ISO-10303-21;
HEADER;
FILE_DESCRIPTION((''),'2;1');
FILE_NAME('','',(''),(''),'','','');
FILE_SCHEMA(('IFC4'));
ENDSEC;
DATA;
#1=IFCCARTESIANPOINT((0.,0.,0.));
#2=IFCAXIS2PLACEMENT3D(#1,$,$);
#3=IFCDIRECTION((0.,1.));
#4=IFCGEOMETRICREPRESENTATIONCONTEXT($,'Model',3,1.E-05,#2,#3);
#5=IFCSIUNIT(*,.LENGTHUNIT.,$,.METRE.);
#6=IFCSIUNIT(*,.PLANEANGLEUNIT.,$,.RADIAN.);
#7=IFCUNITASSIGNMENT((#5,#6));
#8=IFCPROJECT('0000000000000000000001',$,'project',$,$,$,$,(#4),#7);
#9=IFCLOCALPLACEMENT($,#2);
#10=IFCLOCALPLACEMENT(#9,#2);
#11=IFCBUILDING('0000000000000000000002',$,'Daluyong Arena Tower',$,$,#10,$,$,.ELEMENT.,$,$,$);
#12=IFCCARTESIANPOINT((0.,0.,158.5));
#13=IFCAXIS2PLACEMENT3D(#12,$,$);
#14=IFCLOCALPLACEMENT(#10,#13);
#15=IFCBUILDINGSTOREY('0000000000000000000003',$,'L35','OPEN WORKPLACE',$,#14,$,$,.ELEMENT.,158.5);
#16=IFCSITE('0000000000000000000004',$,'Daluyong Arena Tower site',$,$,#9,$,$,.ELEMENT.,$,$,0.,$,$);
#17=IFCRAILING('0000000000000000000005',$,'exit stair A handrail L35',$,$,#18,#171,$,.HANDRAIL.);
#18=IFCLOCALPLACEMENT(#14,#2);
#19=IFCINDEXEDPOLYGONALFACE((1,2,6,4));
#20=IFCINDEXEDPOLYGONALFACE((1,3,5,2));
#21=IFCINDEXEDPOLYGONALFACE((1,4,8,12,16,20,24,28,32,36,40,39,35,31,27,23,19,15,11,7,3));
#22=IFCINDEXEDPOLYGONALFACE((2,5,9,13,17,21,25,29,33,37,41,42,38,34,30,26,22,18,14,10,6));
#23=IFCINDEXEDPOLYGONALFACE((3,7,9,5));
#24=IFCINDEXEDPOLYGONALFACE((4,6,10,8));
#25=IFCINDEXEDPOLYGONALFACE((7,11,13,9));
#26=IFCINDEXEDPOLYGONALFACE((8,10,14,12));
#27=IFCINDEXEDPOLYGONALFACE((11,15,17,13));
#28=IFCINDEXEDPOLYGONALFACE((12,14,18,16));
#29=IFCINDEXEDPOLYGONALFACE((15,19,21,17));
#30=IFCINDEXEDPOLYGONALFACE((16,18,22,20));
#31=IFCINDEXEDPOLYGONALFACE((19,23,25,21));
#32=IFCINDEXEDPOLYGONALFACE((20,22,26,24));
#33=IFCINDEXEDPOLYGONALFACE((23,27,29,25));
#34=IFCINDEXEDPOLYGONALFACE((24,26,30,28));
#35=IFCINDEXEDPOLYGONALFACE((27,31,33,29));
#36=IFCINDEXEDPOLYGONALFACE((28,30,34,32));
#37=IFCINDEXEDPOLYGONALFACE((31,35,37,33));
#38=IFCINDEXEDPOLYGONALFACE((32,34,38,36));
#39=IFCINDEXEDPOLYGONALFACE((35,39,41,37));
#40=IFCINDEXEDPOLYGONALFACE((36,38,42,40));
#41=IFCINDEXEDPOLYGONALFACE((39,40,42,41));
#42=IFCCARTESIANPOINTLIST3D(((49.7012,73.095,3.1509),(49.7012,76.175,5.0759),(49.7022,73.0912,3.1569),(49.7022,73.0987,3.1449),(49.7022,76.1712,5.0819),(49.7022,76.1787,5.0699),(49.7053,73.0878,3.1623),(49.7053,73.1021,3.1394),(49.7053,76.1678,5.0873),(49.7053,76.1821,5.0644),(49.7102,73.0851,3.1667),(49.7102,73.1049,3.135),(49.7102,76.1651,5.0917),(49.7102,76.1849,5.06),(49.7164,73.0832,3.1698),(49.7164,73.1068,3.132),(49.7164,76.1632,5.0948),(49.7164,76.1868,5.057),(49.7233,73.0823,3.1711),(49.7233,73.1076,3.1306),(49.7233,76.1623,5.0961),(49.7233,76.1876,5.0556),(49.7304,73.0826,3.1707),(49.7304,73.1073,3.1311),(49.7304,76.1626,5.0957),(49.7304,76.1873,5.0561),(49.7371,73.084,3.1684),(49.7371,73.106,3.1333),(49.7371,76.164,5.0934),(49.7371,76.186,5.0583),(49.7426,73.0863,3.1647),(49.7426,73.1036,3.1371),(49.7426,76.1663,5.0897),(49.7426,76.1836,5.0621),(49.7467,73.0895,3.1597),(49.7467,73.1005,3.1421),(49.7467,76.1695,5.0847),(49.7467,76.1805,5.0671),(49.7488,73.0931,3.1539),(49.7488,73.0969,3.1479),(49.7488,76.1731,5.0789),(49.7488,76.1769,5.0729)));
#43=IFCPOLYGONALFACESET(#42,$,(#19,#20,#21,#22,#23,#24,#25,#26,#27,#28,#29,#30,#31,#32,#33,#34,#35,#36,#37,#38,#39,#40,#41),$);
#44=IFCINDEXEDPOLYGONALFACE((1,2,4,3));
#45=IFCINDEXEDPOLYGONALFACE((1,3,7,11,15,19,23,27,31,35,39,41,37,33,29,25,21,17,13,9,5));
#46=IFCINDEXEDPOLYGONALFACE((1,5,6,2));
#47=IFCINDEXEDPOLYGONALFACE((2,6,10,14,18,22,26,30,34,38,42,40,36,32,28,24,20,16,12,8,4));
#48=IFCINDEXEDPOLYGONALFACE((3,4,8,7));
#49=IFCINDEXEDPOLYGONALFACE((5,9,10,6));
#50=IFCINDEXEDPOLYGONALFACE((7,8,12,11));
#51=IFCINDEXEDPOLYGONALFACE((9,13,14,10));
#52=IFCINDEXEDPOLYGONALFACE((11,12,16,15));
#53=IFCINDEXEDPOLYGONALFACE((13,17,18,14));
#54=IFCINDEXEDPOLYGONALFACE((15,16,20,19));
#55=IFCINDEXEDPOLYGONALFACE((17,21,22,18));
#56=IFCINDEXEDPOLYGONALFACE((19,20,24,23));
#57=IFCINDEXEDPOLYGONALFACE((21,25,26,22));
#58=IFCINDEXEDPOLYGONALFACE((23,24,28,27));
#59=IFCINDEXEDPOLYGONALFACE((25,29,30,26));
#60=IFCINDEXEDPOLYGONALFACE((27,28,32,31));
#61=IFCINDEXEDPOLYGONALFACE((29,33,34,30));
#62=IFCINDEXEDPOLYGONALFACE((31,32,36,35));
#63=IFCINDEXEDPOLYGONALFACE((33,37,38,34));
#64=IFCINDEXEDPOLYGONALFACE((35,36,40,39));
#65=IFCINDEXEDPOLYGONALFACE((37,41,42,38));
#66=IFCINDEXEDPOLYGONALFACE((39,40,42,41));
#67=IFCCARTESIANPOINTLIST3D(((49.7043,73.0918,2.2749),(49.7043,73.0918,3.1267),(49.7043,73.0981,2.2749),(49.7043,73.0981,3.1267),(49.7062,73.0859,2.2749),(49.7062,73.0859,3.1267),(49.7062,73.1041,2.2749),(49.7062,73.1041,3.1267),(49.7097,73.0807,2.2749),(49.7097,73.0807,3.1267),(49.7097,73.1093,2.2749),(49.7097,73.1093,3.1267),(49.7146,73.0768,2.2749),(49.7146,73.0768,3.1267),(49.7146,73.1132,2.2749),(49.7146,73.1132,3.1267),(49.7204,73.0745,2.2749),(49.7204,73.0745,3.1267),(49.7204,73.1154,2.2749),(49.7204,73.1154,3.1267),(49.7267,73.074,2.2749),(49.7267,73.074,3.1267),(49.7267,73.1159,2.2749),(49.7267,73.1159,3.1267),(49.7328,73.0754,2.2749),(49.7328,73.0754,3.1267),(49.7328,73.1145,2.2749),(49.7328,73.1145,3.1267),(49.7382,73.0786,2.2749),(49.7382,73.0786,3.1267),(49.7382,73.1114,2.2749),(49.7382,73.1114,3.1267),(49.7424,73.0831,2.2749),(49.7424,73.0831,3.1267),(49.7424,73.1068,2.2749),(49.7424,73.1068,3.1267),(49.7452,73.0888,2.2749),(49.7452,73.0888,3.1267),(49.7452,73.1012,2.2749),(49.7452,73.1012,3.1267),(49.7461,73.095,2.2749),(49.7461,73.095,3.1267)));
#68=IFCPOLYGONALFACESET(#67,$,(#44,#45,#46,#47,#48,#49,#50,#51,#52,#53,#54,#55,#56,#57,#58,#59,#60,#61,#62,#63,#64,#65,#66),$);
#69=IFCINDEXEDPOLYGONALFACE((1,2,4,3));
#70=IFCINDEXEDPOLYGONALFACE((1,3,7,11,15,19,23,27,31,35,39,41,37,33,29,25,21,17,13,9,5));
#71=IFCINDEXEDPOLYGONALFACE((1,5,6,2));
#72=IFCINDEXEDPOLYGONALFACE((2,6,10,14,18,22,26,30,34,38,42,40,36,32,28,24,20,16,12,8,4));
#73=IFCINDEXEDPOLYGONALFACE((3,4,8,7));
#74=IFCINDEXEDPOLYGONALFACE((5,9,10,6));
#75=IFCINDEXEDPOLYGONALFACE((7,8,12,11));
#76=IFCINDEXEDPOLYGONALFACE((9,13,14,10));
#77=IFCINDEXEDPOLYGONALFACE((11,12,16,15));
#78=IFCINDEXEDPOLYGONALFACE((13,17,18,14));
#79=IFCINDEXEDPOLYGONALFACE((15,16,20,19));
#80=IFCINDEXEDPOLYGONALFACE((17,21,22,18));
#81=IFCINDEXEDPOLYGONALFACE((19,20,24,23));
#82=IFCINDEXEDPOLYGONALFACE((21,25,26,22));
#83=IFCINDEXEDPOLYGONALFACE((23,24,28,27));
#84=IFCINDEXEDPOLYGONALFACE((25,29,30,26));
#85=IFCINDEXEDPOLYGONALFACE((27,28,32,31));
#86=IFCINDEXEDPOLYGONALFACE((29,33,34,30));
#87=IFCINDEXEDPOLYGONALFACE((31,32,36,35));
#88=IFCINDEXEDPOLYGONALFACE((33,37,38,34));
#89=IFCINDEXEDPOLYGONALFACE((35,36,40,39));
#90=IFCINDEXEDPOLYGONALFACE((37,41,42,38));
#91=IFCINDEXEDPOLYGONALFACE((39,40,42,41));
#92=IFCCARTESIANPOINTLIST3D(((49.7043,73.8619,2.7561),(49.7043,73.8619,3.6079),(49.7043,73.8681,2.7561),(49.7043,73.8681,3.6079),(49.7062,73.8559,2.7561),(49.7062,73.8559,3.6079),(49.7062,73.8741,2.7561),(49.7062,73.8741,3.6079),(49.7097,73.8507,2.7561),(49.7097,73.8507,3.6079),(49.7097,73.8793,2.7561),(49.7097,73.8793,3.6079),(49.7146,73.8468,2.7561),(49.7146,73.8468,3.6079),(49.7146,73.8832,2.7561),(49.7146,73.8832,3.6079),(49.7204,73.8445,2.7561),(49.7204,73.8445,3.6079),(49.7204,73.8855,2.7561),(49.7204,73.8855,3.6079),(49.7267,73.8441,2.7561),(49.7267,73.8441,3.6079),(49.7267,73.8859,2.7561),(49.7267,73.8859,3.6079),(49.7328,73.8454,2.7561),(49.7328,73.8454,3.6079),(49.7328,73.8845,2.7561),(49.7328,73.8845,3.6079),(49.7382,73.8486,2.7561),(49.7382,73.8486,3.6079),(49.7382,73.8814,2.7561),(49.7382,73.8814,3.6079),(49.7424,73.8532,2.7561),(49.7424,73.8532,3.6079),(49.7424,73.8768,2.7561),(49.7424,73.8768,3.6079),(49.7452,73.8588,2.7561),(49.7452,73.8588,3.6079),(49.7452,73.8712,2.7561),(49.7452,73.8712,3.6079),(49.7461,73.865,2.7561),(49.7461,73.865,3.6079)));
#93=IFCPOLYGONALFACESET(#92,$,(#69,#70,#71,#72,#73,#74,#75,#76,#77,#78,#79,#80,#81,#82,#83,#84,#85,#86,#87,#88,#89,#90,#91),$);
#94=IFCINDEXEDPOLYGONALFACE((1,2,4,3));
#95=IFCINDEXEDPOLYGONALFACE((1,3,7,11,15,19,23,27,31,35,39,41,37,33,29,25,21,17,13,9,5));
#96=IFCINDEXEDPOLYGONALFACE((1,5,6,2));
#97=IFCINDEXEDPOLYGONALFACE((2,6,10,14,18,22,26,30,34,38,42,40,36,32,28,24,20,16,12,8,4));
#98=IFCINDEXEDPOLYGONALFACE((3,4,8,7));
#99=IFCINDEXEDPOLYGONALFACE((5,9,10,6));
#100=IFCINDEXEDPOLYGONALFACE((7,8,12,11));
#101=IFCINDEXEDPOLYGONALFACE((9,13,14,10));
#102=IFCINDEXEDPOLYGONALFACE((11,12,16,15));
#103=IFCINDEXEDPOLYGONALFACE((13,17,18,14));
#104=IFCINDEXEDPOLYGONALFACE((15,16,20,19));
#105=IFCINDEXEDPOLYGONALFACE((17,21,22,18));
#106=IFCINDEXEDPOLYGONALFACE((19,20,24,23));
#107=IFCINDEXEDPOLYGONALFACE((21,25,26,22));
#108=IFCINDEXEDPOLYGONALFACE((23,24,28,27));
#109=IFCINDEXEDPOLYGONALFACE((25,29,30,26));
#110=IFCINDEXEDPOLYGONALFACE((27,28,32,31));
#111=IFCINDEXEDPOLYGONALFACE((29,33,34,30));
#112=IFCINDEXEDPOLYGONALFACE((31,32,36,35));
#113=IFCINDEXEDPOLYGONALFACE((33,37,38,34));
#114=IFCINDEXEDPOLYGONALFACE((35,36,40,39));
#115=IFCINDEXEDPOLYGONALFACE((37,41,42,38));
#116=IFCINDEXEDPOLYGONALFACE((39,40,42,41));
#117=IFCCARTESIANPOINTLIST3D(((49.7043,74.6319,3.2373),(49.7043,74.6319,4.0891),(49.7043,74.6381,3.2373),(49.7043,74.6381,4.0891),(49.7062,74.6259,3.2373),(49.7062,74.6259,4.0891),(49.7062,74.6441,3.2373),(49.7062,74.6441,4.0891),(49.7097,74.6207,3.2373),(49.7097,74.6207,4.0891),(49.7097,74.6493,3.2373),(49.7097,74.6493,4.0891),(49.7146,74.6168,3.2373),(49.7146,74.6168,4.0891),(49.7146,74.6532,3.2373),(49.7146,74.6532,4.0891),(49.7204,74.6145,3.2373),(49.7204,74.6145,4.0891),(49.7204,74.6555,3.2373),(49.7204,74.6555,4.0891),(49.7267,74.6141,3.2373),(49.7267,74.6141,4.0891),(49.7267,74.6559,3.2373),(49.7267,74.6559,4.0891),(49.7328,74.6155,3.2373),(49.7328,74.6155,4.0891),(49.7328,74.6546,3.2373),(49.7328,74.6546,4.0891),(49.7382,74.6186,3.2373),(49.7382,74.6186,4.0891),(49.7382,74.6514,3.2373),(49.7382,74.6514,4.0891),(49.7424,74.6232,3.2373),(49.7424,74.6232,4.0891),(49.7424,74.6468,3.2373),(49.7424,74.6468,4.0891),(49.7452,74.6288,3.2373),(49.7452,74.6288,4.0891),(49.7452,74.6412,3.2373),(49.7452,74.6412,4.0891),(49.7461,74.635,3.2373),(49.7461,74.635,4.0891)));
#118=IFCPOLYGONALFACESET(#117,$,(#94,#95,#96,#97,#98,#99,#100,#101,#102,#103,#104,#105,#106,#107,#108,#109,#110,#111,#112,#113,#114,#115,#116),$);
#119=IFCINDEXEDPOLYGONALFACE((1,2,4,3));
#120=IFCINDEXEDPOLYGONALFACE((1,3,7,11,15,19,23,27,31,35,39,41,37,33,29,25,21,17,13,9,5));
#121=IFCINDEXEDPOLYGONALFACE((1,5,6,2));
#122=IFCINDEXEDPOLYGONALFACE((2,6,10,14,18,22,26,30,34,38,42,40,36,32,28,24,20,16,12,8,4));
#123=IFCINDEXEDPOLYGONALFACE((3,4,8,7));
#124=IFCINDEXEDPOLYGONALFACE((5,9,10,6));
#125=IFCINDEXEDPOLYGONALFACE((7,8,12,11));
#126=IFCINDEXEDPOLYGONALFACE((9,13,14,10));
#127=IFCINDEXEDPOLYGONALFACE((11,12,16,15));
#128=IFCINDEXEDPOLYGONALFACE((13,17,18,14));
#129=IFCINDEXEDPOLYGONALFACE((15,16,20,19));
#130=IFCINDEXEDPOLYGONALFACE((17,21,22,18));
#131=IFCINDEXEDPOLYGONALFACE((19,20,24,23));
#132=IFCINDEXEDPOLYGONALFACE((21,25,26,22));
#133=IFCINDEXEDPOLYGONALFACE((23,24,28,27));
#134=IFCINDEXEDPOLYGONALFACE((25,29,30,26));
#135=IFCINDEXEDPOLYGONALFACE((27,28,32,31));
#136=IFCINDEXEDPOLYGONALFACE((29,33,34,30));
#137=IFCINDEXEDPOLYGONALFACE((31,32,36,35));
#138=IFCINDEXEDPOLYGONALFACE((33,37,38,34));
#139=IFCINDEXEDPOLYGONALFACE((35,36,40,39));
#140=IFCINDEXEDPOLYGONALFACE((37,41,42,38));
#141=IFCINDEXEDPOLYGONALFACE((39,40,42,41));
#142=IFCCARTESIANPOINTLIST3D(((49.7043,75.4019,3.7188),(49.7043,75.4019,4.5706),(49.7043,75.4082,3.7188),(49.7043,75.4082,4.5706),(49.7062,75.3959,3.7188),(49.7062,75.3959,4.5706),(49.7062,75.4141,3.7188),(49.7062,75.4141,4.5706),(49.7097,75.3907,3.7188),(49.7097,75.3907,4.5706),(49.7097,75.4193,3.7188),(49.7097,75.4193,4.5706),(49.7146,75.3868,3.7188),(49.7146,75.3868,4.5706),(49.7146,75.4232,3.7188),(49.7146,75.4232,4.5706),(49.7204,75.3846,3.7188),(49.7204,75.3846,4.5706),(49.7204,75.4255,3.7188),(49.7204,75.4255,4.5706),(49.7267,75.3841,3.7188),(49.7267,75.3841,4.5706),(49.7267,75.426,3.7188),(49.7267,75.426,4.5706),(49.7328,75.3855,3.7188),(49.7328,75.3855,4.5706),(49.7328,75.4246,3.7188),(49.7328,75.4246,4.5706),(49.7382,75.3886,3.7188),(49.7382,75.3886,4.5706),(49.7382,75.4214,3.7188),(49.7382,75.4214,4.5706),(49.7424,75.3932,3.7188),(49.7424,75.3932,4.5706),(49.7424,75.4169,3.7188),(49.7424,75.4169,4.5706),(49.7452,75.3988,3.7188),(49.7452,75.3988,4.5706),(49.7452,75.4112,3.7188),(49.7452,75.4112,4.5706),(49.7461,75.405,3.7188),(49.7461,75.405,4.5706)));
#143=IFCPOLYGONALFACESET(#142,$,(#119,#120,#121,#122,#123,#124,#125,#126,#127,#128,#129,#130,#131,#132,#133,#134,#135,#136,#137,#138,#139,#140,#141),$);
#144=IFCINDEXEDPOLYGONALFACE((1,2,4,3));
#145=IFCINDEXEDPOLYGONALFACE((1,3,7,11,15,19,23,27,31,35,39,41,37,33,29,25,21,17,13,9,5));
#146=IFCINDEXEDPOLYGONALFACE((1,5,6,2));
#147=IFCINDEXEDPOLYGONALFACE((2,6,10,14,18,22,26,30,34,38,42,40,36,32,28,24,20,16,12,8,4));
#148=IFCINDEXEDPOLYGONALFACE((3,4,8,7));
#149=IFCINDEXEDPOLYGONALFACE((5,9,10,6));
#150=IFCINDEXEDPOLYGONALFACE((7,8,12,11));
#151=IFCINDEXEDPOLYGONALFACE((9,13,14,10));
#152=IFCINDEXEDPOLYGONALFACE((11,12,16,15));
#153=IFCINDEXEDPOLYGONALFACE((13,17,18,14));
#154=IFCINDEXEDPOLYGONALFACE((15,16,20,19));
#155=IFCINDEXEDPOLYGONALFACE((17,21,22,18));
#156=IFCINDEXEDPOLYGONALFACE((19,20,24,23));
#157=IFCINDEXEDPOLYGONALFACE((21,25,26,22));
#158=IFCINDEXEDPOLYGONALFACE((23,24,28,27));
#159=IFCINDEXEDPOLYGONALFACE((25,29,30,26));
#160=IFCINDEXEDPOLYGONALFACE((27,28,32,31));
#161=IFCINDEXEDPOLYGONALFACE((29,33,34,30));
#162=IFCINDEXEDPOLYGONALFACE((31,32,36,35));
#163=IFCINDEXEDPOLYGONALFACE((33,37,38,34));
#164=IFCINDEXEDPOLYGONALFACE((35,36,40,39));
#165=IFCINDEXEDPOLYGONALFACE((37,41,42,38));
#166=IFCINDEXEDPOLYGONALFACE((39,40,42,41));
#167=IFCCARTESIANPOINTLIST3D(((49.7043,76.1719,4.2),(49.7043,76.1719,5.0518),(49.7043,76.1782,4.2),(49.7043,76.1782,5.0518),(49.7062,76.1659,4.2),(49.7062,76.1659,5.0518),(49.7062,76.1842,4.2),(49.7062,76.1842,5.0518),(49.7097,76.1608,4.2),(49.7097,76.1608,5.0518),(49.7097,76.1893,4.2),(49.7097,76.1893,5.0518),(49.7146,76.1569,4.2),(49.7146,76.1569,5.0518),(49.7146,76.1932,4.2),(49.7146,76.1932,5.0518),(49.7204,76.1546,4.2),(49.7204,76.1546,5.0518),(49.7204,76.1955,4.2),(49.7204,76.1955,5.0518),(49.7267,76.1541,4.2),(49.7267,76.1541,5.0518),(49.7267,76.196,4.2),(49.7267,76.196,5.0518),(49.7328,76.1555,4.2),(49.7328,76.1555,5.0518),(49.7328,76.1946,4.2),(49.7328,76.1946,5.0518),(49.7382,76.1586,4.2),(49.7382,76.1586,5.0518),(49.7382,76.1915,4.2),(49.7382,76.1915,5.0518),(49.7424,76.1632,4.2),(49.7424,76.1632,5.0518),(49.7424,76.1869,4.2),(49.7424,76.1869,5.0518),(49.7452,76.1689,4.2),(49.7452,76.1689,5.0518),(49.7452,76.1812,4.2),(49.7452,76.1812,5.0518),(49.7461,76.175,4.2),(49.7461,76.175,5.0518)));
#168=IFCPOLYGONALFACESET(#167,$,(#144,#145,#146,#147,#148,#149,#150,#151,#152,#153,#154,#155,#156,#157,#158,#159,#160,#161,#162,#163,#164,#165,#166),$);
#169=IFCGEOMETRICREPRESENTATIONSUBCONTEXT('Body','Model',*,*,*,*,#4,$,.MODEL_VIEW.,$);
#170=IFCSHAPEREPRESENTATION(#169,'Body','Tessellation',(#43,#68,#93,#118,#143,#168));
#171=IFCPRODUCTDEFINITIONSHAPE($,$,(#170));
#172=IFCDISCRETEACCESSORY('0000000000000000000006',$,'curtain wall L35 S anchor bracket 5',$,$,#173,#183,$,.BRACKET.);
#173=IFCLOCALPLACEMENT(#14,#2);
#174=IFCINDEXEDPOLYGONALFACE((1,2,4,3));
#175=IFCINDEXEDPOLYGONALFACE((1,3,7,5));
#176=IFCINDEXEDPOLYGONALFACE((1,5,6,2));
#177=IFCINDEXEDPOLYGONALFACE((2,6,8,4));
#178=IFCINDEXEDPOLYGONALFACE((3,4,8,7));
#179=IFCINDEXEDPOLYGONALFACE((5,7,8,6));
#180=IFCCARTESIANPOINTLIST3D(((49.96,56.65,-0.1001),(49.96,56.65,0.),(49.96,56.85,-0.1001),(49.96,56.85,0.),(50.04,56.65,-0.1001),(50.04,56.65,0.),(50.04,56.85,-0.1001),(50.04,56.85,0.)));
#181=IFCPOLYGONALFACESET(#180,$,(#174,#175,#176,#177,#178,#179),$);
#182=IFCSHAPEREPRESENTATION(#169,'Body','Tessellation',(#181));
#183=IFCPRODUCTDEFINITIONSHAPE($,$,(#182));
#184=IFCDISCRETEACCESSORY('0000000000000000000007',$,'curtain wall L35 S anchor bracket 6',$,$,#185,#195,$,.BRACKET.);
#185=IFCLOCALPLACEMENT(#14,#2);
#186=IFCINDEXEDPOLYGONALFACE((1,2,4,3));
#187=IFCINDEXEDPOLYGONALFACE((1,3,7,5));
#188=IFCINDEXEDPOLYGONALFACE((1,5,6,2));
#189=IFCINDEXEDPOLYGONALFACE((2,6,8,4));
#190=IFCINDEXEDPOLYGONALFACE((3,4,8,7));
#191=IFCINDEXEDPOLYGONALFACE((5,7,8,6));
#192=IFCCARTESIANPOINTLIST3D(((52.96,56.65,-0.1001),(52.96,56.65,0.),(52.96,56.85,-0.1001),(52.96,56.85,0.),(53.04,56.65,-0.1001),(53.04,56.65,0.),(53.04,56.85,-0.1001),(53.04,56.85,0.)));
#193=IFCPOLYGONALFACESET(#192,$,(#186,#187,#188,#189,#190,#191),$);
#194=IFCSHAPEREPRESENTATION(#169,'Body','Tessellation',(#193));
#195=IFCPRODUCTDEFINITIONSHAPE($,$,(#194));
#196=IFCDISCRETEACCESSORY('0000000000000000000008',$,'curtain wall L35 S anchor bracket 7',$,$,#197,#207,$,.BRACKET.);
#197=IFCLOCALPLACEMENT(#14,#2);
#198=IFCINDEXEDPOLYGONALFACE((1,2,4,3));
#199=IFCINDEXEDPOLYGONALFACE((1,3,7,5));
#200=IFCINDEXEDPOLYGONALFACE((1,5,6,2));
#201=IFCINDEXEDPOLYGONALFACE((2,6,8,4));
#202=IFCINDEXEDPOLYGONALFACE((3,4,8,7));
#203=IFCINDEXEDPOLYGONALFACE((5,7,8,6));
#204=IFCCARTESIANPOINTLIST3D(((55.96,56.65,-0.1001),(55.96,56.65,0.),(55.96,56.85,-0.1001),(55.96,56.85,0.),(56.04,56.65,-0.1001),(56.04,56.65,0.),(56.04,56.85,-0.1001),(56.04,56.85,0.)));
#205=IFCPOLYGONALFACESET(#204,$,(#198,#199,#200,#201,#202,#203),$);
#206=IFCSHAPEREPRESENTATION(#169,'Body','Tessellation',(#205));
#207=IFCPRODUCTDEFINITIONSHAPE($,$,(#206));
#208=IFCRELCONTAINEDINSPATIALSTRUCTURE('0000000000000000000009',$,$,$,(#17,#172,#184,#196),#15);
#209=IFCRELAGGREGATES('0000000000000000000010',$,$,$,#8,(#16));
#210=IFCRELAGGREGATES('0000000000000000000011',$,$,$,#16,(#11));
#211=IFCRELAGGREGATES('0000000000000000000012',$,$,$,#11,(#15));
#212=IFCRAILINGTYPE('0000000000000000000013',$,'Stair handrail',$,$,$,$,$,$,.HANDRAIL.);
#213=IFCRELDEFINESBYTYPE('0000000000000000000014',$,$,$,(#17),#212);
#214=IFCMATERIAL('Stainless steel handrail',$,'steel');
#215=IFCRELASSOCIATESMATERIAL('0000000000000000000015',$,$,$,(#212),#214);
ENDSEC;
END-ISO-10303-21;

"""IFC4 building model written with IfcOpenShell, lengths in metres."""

from ifc_helpers import new_model, si_unit, direction, frame, origin, origin_2d, place, context, subcontext, project, spatial, rectangle, circle, extrude, material, type_object, element, save


model = new_model("IFC4")

# Units and contexts
model_context = context("Model", 3, precision=1e-05, world=origin(), true_north=direction((0.0, 1.0)))
body_context = subcontext(model_context, "Body", "Model", "MODEL_VIEW")
ifc_project = project(units=[si_unit("LENGTHUNIT", "METRE"), si_unit("PLANEANGLEUNIT", "RADIAN")], contexts=[model_context])

# Site, building, storey
site_placement = place(None, origin())
site = spatial("IfcSite", under=ifc_project, at=site_placement, Name="Daluyong Arena Tower site", CompositionType="ELEMENT", RefElevation=0.0)
building_placement = place(site_placement, origin())
building = spatial("IfcBuilding", under=site, at=building_placement, Name="Daluyong Arena Tower", CompositionType="ELEMENT")
storey_placement = place(building_placement, frame((0.0, 0.0, 158.5)))
storey = spatial("IfcBuildingStorey", under=building, at=storey_placement, Name="L35", Description="OPEN WORKPLACE", CompositionType="ELEMENT", Elevation=158.5)

# Railing
ifc_material_1 = material(Name="Stainless steel handrail", Category="steel")
railing_type = type_object("IfcRailingType", Name="Stair handrail", PredefinedType="HANDRAIL", material=ifc_material_1)
railing_placement = place(storey_placement, frame((49.7251, 73.095, 2.2749)))
element("IfcRailing", 1, at=railing_placement, inside=storey, type_object=railing_type, Name="exit stair A handrail L35", PredefinedType="HANDRAIL", context=body_context, shape_type="SweptSolid", body=[
    extrude(circle(Radius=0.0239, at=origin_2d()), frame((0.0, 0.0, 0.876), z_axis=(0.0, 0.847998, 0.529999), x_axis=(-1.0, 0.0, 0.0)), (0.0, 0.0, 1.0), 3.6321),
    extrude(circle(Radius=0.021, at=origin_2d()), origin(), (0.0, 0.0, 1.0), 0.8518),
    extrude(circle(Radius=0.021, at=origin_2d()), frame((0.0, 0.77, 0.4812)), (0.0, 0.0, 1.0), 0.8518),
    extrude(circle(Radius=0.021, at=origin_2d()), frame((0.0, 1.54, 0.9624)), (0.0, 0.0, 1.0), 0.8518),
    extrude(circle(Radius=0.021, at=origin_2d()), frame((0.0, 2.3101, 1.4438)), (0.0, 0.0, 1.0), 0.8518),
    extrude(circle(Radius=0.021, at=origin_2d()), frame((0.0, 3.0801, 1.925)), (0.0, 0.0, 1.0), 0.8518),
])

# Discrete accessories
for number, where, z_axis, x_axis, name in (
    (2, (50.0, 56.75, -0.1001), (0.0, 0.0, 1.0), (1.0, 0.0, 0.0), "curtain wall L35 S anchor bracket 5"),
    (3, (53.0, 56.75, -0.1001), (0.0, 0.0, 1.0), (1.0, 0.0, 0.0), "curtain wall L35 S anchor bracket 6"),
    (4, (56.0, 56.75, -0.1001), (0.0, 0.0, 1.0), (1.0, 0.0, 0.0), "curtain wall L35 S anchor bracket 7"),
):
    element("IfcDiscreteAccessory", number, at=place(storey_placement, frame(where, z_axis=z_axis, x_axis=x_axis)), inside=storey, Name=name, PredefinedType="BRACKET", context=body_context, shape_type="SweptSolid", body=[
        extrude(rectangle(XDim=0.0801, YDim=0.2, at=origin_2d()), origin(), (0.0, 0.0, 1.0), 0.1001),
    ])

save(model, "model.ifc")
